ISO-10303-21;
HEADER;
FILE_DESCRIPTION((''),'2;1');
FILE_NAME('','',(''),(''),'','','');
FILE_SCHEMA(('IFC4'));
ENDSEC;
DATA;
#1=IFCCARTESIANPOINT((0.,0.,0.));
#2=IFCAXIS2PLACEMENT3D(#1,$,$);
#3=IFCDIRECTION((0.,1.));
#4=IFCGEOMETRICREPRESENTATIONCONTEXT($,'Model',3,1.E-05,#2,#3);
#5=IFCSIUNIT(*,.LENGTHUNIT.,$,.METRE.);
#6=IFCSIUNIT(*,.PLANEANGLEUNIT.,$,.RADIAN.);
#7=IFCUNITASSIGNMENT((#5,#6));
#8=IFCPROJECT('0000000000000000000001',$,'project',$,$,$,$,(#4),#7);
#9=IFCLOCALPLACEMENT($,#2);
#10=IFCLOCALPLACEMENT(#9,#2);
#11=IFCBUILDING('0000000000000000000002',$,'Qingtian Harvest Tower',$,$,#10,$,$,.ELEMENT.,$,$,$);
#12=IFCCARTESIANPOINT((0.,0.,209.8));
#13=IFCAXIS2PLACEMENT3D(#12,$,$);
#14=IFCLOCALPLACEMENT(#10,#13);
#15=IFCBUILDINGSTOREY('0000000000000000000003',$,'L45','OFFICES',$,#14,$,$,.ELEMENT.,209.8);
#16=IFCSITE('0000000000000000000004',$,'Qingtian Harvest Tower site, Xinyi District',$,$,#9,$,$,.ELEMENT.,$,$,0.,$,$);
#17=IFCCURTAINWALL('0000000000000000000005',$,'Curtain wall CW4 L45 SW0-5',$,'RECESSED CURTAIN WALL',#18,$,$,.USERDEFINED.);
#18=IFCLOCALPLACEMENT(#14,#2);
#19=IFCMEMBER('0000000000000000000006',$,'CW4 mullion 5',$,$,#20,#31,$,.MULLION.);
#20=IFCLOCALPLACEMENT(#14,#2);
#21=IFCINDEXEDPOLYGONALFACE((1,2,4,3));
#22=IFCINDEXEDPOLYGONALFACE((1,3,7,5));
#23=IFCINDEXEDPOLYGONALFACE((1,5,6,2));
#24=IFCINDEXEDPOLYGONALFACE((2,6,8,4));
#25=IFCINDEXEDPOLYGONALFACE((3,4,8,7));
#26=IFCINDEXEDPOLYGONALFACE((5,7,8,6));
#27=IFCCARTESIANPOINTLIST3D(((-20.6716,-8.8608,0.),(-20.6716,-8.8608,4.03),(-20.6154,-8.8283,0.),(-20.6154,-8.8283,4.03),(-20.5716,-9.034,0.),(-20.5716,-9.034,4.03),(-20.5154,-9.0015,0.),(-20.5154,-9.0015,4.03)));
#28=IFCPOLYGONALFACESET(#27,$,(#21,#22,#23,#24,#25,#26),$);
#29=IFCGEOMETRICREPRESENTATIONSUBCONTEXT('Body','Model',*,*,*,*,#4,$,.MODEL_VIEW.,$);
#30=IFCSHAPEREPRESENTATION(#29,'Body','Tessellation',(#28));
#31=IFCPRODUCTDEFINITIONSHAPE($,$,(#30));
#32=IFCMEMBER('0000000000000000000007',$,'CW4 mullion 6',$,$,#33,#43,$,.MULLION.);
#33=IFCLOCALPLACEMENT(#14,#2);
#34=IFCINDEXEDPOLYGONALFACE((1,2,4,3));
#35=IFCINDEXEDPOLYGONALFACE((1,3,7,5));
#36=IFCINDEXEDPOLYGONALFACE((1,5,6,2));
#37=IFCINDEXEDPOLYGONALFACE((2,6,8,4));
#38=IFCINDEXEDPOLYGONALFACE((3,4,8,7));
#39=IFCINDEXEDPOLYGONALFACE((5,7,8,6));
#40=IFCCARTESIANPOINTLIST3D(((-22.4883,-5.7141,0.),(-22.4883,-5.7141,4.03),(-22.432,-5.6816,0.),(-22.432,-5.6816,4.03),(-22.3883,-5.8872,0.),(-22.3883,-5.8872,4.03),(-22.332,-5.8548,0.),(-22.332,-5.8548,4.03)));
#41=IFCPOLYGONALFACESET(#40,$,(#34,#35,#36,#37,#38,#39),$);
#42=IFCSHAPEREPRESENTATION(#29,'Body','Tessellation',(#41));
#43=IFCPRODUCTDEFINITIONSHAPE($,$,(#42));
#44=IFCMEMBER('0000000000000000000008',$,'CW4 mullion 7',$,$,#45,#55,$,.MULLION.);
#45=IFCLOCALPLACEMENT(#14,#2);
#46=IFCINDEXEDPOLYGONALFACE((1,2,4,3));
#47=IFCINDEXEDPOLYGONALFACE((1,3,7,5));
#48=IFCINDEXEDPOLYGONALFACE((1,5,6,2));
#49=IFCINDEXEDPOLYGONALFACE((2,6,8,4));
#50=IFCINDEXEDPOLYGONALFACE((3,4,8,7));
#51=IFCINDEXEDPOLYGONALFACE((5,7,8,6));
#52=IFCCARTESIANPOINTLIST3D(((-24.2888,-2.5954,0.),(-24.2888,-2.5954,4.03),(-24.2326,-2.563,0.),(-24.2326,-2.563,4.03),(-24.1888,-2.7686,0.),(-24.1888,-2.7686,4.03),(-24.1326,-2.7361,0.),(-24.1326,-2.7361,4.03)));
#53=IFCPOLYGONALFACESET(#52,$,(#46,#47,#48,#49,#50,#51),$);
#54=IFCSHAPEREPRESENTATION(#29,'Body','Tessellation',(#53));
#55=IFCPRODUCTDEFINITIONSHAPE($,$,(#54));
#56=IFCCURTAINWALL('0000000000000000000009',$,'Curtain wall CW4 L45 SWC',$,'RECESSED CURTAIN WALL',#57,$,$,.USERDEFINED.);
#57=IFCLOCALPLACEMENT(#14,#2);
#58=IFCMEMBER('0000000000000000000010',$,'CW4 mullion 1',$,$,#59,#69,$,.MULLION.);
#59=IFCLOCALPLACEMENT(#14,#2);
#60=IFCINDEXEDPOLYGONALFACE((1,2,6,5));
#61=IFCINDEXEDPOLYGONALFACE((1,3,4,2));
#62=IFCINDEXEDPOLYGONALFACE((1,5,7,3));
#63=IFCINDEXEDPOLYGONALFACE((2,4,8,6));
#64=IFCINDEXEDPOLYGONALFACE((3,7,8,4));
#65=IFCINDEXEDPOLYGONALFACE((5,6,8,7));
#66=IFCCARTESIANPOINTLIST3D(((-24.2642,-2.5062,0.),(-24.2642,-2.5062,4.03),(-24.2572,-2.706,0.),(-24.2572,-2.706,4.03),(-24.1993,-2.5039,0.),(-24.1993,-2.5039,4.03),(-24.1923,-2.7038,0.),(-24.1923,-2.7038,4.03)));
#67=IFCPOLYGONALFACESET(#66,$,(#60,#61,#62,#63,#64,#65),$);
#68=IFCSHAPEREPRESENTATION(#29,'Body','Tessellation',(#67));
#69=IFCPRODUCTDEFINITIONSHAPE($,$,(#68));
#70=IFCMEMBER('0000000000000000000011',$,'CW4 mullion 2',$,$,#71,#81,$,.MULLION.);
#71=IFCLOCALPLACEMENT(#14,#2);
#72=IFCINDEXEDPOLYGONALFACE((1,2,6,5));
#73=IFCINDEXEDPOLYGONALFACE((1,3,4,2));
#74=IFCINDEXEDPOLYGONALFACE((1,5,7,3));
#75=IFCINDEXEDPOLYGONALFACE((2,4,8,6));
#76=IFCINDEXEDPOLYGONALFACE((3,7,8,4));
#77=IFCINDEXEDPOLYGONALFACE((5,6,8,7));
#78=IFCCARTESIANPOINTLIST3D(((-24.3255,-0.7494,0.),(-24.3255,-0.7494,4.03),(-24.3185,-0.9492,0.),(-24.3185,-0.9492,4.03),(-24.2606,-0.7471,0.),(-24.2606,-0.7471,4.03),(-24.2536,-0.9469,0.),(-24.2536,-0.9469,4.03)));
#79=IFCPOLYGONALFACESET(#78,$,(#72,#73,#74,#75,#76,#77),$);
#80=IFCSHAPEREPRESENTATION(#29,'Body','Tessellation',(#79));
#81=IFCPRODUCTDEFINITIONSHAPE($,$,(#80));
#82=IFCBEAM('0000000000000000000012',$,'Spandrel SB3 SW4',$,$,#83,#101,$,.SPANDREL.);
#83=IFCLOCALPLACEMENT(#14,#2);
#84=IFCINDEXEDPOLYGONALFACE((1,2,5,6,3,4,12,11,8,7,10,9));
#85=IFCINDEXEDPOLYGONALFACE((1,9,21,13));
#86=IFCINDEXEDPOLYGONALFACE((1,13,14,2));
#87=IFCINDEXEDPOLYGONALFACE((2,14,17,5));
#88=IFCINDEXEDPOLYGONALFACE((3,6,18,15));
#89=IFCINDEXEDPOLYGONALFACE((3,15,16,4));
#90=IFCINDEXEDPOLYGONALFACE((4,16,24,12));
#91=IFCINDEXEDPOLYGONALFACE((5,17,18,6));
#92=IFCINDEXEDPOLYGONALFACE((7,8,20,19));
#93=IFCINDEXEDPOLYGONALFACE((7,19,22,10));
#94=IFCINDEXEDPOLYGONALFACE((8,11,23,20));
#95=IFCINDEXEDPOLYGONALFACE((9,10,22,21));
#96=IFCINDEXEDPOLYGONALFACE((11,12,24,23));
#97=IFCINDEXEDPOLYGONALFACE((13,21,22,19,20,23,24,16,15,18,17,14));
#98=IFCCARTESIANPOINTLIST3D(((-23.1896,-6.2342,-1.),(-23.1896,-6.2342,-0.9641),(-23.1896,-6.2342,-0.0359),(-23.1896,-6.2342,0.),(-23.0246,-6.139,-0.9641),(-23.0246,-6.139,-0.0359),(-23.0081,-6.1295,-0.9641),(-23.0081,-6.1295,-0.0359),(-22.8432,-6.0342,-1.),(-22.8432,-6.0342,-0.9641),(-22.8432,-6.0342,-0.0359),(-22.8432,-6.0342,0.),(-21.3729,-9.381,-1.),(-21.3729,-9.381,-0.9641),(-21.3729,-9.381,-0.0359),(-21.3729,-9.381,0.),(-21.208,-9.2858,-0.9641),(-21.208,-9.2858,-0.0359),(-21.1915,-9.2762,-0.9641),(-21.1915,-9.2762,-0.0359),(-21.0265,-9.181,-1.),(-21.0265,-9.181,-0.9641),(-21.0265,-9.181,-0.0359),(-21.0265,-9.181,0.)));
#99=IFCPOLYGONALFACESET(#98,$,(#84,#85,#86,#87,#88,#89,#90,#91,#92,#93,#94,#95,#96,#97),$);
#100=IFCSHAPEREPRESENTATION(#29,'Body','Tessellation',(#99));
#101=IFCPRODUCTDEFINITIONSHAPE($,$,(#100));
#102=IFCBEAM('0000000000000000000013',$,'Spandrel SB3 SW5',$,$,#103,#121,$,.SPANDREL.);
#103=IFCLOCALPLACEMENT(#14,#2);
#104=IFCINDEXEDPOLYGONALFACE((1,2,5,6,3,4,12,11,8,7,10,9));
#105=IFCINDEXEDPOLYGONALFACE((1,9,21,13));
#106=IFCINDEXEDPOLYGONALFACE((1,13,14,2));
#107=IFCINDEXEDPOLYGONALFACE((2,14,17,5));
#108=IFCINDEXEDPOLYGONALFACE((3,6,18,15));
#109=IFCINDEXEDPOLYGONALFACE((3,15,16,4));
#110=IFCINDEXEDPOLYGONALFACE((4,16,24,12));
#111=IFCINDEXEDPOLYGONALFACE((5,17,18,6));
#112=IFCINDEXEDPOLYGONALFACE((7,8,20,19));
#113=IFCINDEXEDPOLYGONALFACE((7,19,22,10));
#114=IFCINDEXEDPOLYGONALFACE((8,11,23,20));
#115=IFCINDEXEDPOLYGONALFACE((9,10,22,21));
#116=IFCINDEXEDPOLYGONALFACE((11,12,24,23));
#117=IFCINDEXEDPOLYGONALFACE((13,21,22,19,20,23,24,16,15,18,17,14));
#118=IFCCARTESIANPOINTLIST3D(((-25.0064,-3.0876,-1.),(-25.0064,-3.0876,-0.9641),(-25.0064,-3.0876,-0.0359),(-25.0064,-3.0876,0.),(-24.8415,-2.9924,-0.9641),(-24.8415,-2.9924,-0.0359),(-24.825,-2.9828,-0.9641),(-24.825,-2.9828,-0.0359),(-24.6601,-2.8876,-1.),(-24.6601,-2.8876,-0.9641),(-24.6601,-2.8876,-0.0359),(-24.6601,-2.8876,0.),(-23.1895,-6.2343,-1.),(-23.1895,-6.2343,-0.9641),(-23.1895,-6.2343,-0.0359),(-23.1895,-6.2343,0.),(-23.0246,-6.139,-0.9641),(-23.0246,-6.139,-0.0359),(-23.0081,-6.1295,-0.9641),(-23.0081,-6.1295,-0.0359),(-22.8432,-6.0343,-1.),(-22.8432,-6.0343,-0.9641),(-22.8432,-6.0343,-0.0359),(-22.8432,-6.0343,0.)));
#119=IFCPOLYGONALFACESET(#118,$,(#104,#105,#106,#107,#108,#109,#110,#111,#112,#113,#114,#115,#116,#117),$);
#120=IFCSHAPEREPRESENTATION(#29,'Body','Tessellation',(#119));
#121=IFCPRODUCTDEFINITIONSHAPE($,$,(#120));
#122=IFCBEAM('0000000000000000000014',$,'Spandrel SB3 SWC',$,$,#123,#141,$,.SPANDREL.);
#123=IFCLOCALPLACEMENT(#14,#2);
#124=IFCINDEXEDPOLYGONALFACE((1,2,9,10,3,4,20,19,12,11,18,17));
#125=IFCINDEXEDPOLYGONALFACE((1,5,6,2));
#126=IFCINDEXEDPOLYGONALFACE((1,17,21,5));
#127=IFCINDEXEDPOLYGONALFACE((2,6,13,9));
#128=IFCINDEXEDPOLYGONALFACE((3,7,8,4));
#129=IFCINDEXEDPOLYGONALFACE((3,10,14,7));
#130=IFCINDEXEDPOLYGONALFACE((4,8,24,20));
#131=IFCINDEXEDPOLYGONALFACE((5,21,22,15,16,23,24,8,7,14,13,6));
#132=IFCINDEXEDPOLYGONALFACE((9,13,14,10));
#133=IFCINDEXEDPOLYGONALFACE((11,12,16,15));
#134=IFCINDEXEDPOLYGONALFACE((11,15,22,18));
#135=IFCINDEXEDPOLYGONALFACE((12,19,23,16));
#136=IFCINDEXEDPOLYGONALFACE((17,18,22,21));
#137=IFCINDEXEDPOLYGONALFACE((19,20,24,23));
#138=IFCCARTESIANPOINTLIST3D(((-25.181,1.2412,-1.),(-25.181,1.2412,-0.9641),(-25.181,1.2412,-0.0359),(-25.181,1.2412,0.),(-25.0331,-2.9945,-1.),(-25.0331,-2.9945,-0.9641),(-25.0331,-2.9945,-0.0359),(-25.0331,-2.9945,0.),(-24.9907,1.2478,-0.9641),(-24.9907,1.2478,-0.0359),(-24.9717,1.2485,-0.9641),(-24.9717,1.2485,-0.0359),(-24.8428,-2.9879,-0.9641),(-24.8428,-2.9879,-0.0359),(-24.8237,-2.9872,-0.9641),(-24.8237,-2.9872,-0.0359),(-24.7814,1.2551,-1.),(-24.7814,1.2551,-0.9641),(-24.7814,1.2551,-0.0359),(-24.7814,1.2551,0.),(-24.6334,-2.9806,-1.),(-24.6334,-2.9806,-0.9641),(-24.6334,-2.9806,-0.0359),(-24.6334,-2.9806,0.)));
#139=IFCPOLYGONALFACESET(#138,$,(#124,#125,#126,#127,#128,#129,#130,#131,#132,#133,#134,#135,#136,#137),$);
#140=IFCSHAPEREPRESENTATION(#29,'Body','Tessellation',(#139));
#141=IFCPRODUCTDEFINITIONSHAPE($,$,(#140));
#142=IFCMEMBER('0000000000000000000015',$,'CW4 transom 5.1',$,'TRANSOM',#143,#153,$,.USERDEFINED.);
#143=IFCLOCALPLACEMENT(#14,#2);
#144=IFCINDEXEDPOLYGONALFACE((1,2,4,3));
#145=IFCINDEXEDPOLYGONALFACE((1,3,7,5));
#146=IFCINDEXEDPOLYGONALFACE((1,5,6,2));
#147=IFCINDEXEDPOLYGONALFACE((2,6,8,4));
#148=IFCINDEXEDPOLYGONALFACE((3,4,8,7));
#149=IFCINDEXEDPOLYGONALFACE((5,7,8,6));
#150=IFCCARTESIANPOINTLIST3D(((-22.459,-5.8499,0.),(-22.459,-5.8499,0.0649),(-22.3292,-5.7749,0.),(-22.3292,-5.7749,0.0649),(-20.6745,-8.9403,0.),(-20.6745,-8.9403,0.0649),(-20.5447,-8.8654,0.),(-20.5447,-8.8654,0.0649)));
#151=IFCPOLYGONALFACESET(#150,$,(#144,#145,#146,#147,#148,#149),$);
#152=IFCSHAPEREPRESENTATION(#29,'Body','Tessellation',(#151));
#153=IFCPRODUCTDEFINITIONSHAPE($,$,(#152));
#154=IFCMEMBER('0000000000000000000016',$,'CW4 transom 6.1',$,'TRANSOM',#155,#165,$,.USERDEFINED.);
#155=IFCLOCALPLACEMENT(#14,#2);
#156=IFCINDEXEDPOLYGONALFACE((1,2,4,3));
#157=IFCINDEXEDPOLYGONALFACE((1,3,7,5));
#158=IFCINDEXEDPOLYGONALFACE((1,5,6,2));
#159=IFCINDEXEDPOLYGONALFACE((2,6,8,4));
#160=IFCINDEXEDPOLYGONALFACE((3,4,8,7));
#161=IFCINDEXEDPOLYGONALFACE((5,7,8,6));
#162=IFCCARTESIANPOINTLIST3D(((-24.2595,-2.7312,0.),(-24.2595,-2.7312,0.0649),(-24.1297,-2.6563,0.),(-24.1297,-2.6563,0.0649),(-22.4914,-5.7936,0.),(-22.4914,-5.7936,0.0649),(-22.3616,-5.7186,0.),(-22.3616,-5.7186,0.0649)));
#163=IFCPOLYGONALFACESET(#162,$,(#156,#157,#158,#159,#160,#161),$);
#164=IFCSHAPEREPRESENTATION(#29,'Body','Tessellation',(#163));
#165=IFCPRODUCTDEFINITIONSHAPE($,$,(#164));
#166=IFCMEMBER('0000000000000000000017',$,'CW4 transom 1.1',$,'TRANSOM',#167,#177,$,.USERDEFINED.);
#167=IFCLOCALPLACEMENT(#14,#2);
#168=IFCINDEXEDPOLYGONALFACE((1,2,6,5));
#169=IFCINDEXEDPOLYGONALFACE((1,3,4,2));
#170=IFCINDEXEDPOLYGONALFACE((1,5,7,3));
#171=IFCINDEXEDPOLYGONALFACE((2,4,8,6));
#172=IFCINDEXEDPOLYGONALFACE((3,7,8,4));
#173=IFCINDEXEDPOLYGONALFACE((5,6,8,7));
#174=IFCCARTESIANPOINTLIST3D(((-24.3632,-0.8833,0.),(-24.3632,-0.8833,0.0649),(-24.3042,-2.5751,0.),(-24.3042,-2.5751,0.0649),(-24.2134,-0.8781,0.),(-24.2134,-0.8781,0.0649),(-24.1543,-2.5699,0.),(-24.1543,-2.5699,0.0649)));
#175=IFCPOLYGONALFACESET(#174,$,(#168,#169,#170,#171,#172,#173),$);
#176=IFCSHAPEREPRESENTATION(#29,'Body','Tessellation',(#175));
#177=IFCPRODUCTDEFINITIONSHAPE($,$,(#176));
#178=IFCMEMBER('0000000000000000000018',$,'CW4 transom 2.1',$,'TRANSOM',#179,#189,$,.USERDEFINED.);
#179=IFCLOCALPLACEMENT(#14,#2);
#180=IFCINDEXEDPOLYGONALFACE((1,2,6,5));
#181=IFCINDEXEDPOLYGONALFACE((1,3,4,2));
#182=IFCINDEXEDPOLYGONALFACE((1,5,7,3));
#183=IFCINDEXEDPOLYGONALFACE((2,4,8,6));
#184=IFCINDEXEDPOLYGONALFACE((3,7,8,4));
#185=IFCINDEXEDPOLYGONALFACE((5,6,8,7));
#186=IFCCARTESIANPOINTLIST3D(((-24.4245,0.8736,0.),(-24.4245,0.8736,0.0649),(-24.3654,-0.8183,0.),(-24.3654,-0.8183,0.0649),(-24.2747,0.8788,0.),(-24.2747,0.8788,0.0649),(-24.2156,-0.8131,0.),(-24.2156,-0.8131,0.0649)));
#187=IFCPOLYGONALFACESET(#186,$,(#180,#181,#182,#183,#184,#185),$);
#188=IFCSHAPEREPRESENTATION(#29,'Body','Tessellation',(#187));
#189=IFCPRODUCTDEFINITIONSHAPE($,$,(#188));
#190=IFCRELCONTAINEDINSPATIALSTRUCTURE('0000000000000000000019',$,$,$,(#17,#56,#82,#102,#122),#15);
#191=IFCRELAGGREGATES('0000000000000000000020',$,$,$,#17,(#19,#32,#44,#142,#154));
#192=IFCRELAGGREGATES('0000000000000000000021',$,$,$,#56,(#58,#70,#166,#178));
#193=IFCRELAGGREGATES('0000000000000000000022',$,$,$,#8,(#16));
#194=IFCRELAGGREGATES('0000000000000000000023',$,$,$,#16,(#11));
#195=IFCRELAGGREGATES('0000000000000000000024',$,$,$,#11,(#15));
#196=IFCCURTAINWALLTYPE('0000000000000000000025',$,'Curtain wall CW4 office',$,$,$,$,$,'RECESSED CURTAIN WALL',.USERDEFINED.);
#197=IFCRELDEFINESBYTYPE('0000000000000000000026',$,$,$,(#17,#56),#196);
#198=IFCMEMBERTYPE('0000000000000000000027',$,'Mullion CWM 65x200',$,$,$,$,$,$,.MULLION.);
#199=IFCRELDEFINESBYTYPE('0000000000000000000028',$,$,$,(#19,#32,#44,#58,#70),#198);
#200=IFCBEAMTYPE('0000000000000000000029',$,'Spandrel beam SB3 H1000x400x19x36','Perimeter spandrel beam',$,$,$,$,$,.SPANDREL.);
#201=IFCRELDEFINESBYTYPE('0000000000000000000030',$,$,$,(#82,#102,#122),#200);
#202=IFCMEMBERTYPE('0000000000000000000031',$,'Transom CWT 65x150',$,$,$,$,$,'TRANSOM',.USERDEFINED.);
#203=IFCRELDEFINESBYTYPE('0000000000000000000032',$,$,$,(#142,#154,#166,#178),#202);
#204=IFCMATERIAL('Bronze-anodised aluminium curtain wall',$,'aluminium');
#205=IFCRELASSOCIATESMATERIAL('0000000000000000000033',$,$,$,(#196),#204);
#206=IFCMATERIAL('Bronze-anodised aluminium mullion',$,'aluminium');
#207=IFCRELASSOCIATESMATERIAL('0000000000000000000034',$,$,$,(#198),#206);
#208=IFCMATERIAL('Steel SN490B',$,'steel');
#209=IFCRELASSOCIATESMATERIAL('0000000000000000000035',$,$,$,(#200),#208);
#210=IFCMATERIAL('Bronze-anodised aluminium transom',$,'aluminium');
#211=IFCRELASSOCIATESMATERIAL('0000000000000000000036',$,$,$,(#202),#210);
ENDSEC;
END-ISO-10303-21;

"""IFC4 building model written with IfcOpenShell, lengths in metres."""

from ifc_helpers import new_model, si_unit, direction, frame, origin, origin_2d, place, context, subcontext, project, spatial, rectangle, i_section, extrude, material, material_profile, profile_set, type_object, element, aggregate, save


model = new_model("IFC4")

# Units and contexts
model_context = context("Model", 3, precision=1e-05, world=origin(), true_north=direction((0.0, 1.0)))
body_context = subcontext(model_context, "Body", "Model", "MODEL_VIEW")
ifc_project = project(units=[si_unit("LENGTHUNIT", "METRE"), si_unit("PLANEANGLEUNIT", "RADIAN")], contexts=[model_context])

# Site, building, storey
site_placement = place(None, origin())
site = spatial("IfcSite", under=ifc_project, at=site_placement, Name="Qingtian Harvest Tower site, Xinyi District", CompositionType="ELEMENT", RefElevation=0.0)
building_placement = place(site_placement, origin())
building = spatial("IfcBuilding", under=site, at=building_placement, Name="Qingtian Harvest Tower", CompositionType="ELEMENT")
storey_placement = place(building_placement, frame((0.0, 0.0, 209.8)))
storey = spatial("IfcBuildingStorey", under=building, at=storey_placement, Name="L45", Description="OFFICES", CompositionType="ELEMENT", Elevation=209.8)

# Curtain walls, members
ifc_material_1 = material(Name="Bronze-anodised aluminium curtain wall", Category="aluminium")
curtain_wall_type = type_object("IfcCurtainWallType", Name="Curtain wall CW4 office", ElementType="RECESSED CURTAIN WALL", PredefinedType="USERDEFINED", material=ifc_material_1)
curtain_wall_1_placement = place(storey_placement, origin())
curtain_wall_1 = element("IfcCurtainWall", 1, at=curtain_wall_1_placement, inside=storey, type_object=curtain_wall_type, Name="Curtain wall CW4 L45 SW0-5", ObjectType="RECESSED CURTAIN WALL", PredefinedType="USERDEFINED")
ifc_material_2 = material(Name="Bronze-anodised aluminium mullion", Category="aluminium")
ifc_material_profile_1 = material_profile(ifc_material_2, rectangle(XDim=0.0649, YDim=0.2, at=origin_2d()), Name="AL 65x200")
ifc_profile_set_1 = profile_set([ifc_material_profile_1], Name="Bronze-anodised aluminium mullion")
member_type_1 = type_object("IfcMemberType", Name="Mullion CWM 65x200", PredefinedType="MULLION", material=ifc_profile_set_1)
member_1_placement = place(storey_placement, frame((-20.5935, -8.9312, 0.0), z_axis=(0.0, 0.0, 1.0), x_axis=(-0.866025, -0.5, 0.0)))
member_1 = element("IfcMember", 2, at=member_1_placement, type_object=member_type_1, Name="CW4 mullion 5", PredefinedType="MULLION", context=body_context, shape_type="SweptSolid", body=[
    extrude(rectangle(XDim=0.0649, YDim=0.2, at=origin_2d()), origin(), (0.0, 0.0, 1.0), 4.03),
])
member_2_placement = place(storey_placement, frame((-22.4102, -5.7844, 0.0), z_axis=(0.0, 0.0, 1.0), x_axis=(-0.866025, -0.5, 0.0)))
member_2 = element("IfcMember", 3, at=member_2_placement, type_object=member_type_1, Name="CW4 mullion 6", PredefinedType="MULLION", context=body_context, shape_type="SweptSolid", body=[
    extrude(rectangle(XDim=0.0649, YDim=0.2, at=origin_2d()), origin(), (0.0, 0.0, 1.0), 4.03),
])
member_3_placement = place(storey_placement, frame((-24.2107, -2.6658, 0.0), z_axis=(0.0, 0.0, 1.0), x_axis=(-0.866025, -0.5, 0.0)))
member_3 = element("IfcMember", 4, at=member_3_placement, type_object=member_type_1, Name="CW4 mullion 7", PredefinedType="MULLION", context=body_context, shape_type="SweptSolid", body=[
    extrude(rectangle(XDim=0.0649, YDim=0.2, at=origin_2d()), origin(), (0.0, 0.0, 1.0), 4.03),
])
curtain_wall_2_placement = place(storey_placement, origin())
curtain_wall_2 = element("IfcCurtainWall", 5, at=curtain_wall_2_placement, inside=storey, type_object=curtain_wall_type, Name="Curtain wall CW4 L45 SWC", ObjectType="RECESSED CURTAIN WALL", PredefinedType="USERDEFINED")
member_4_placement = place(storey_placement, frame((-24.2283, -2.605, 0.0), z_axis=(0.0, 0.0, 1.0), x_axis=(-0.999391, -0.034899, 0.0)))
member_4 = element("IfcMember", 6, at=member_4_placement, type_object=member_type_1, Name="CW4 mullion 1", PredefinedType="MULLION", context=body_context, shape_type="SweptSolid", body=[
    extrude(rectangle(XDim=0.0649, YDim=0.2, at=origin_2d()), origin(), (0.0, 0.0, 1.0), 4.03),
])
member_5_placement = place(storey_placement, frame((-24.2896, -0.8481, 0.0), z_axis=(0.0, 0.0, 1.0), x_axis=(-0.999391, -0.034899, 0.0)))
member_5 = element("IfcMember", 7, at=member_5_placement, type_object=member_type_1, Name="CW4 mullion 2", PredefinedType="MULLION", context=body_context, shape_type="SweptSolid", body=[
    extrude(rectangle(XDim=0.0649, YDim=0.2, at=origin_2d()), origin(), (0.0, 0.0, 1.0), 4.03),
])

# Beams
ifc_material_3 = material(Name="Steel SN490B", Category="steel")
ifc_material_profile_2 = material_profile(ifc_material_3, i_section(OverallWidth=0.3999, OverallDepth=1.0, WebThickness=0.019, FlangeThickness=0.0359, at=origin_2d()), Name="H1000x400x19x36")
ifc_profile_set_2 = profile_set([ifc_material_profile_2], Name="Steel SN490B")
beam_type_1 = type_object("IfcBeamType", Name="Spandrel beam SB3 H1000x400x19x36", Description="Perimeter spandrel beam", PredefinedType="SPANDREL", material=ifc_profile_set_2)
for number, where, z_axis, x_axis, name in (
    (8, (-21.1997, -9.281, -0.5), (-0.499976, 0.866039, 0.0), (-0.866039, -0.499976, 0.0), "Spandrel SB3 SW4"),
    (9, (-23.0164, -6.1343, -0.5), (-0.500027, 0.86601, 0.0), (-0.86601, -0.500027, 0.0), "Spandrel SB3 SW5"),
):
    element("IfcBeam", number, at=place(storey_placement, frame(where, z_axis=z_axis, x_axis=x_axis)), inside=storey, type_object=beam_type_1, Name=name, PredefinedType="SPANDREL", context=body_context, shape_type="SweptSolid", body=[
        extrude(i_section(OverallWidth=0.3999, OverallDepth=1.0, WebThickness=0.019, FlangeThickness=0.0359, at=origin_2d()), origin(), (0.0, 0.0, 1.0), 3.6335),
    ])
beam_1_placement = place(storey_placement, frame((-24.8333, -2.9875, -0.5), z_axis=(-0.034909, 0.999391, 0.0), x_axis=(-0.999391, -0.034909, 0.0)))
element("IfcBeam", 10, at=beam_1_placement, inside=storey, type_object=beam_type_1, Name="Spandrel SB3 SWC", PredefinedType="SPANDREL", context=body_context, shape_type="SweptSolid", body=[
    extrude(i_section(OverallWidth=0.3999, OverallDepth=1.0, WebThickness=0.019, FlangeThickness=0.0359, at=origin_2d()), origin(), (0.0, 0.0, 1.0), 4.2383),
])

# Members
ifc_material_4 = material(Name="Bronze-anodised aluminium transom", Category="aluminium")
ifc_material_profile_3 = material_profile(ifc_material_4, rectangle(XDim=0.1499, YDim=0.0649, at=origin_2d()), Name="AL 65x150")
ifc_profile_set_3 = profile_set([ifc_material_profile_3], Name="Bronze-anodised aluminium transom")
member_type_2 = type_object("IfcMemberType", Name="Transom CWT 65x150", ElementType="TRANSOM", PredefinedType="USERDEFINED", material=ifc_profile_set_3)
member_6_placement = place(storey_placement, frame((-20.6096, -8.9028, 0.0325), z_axis=(-0.500046, 0.865999, 0.0), x_axis=(-0.865999, -0.500046, 0.0)))
member_6 = element("IfcMember", 11, at=member_6_placement, type_object=member_type_2, Name="CW4 transom 5.1", ObjectType="TRANSOM", PredefinedType="USERDEFINED", context=body_context, shape_type="SweptSolid", body=[
    extrude(rectangle(XDim=0.1499, YDim=0.0649, at=origin_2d()), origin(), (0.0, 0.0, 1.0), 3.5686),
])
member_7_placement = place(storey_placement, frame((-22.4265, -5.7561, 0.0325), z_axis=(-0.500015, 0.866017, 0.0), x_axis=(-0.866017, -0.500015, 0.0)))
member_7 = element("IfcMember", 12, at=member_7_placement, type_object=member_type_2, Name="CW4 transom 6.1", ObjectType="TRANSOM", PredefinedType="USERDEFINED", context=body_context, shape_type="SweptSolid", body=[
    extrude(rectangle(XDim=0.1499, YDim=0.0649, at=origin_2d()), origin(), (0.0, 0.0, 1.0), 3.5361),
])
member_8_placement = place(storey_placement, frame((-24.2292, -2.5725, 0.0325), z_axis=(-0.034899, 0.999391, 0.0), x_axis=(-0.999391, -0.034899, 0.0)))
member_8 = element("IfcMember", 13, at=member_8_placement, type_object=member_type_2, Name="CW4 transom 1.1", ObjectType="TRANSOM", PredefinedType="USERDEFINED", context=body_context, shape_type="SweptSolid", body=[
    extrude(rectangle(XDim=0.1499, YDim=0.0649, at=origin_2d()), origin(), (0.0, 0.0, 1.0), 1.6929),
])
member_9_placement = place(storey_placement, frame((-24.2905, -0.8157, 0.0325), z_axis=(-0.034899, 0.999391, 0.0), x_axis=(-0.999391, -0.034899, 0.0)))
member_9 = element("IfcMember", 14, at=member_9_placement, type_object=member_type_2, Name="CW4 transom 2.1", ObjectType="TRANSOM", PredefinedType="USERDEFINED", context=body_context, shape_type="SweptSolid", body=[
    extrude(rectangle(XDim=0.1499, YDim=0.0649, at=origin_2d()), origin(), (0.0, 0.0, 1.0), 1.6929),
])

aggregate(curtain_wall_1, [member_1, member_2, member_3, member_6, member_7])
aggregate(curtain_wall_2, [member_4, member_5, member_8, member_9])

save(model, "model.ifc")
